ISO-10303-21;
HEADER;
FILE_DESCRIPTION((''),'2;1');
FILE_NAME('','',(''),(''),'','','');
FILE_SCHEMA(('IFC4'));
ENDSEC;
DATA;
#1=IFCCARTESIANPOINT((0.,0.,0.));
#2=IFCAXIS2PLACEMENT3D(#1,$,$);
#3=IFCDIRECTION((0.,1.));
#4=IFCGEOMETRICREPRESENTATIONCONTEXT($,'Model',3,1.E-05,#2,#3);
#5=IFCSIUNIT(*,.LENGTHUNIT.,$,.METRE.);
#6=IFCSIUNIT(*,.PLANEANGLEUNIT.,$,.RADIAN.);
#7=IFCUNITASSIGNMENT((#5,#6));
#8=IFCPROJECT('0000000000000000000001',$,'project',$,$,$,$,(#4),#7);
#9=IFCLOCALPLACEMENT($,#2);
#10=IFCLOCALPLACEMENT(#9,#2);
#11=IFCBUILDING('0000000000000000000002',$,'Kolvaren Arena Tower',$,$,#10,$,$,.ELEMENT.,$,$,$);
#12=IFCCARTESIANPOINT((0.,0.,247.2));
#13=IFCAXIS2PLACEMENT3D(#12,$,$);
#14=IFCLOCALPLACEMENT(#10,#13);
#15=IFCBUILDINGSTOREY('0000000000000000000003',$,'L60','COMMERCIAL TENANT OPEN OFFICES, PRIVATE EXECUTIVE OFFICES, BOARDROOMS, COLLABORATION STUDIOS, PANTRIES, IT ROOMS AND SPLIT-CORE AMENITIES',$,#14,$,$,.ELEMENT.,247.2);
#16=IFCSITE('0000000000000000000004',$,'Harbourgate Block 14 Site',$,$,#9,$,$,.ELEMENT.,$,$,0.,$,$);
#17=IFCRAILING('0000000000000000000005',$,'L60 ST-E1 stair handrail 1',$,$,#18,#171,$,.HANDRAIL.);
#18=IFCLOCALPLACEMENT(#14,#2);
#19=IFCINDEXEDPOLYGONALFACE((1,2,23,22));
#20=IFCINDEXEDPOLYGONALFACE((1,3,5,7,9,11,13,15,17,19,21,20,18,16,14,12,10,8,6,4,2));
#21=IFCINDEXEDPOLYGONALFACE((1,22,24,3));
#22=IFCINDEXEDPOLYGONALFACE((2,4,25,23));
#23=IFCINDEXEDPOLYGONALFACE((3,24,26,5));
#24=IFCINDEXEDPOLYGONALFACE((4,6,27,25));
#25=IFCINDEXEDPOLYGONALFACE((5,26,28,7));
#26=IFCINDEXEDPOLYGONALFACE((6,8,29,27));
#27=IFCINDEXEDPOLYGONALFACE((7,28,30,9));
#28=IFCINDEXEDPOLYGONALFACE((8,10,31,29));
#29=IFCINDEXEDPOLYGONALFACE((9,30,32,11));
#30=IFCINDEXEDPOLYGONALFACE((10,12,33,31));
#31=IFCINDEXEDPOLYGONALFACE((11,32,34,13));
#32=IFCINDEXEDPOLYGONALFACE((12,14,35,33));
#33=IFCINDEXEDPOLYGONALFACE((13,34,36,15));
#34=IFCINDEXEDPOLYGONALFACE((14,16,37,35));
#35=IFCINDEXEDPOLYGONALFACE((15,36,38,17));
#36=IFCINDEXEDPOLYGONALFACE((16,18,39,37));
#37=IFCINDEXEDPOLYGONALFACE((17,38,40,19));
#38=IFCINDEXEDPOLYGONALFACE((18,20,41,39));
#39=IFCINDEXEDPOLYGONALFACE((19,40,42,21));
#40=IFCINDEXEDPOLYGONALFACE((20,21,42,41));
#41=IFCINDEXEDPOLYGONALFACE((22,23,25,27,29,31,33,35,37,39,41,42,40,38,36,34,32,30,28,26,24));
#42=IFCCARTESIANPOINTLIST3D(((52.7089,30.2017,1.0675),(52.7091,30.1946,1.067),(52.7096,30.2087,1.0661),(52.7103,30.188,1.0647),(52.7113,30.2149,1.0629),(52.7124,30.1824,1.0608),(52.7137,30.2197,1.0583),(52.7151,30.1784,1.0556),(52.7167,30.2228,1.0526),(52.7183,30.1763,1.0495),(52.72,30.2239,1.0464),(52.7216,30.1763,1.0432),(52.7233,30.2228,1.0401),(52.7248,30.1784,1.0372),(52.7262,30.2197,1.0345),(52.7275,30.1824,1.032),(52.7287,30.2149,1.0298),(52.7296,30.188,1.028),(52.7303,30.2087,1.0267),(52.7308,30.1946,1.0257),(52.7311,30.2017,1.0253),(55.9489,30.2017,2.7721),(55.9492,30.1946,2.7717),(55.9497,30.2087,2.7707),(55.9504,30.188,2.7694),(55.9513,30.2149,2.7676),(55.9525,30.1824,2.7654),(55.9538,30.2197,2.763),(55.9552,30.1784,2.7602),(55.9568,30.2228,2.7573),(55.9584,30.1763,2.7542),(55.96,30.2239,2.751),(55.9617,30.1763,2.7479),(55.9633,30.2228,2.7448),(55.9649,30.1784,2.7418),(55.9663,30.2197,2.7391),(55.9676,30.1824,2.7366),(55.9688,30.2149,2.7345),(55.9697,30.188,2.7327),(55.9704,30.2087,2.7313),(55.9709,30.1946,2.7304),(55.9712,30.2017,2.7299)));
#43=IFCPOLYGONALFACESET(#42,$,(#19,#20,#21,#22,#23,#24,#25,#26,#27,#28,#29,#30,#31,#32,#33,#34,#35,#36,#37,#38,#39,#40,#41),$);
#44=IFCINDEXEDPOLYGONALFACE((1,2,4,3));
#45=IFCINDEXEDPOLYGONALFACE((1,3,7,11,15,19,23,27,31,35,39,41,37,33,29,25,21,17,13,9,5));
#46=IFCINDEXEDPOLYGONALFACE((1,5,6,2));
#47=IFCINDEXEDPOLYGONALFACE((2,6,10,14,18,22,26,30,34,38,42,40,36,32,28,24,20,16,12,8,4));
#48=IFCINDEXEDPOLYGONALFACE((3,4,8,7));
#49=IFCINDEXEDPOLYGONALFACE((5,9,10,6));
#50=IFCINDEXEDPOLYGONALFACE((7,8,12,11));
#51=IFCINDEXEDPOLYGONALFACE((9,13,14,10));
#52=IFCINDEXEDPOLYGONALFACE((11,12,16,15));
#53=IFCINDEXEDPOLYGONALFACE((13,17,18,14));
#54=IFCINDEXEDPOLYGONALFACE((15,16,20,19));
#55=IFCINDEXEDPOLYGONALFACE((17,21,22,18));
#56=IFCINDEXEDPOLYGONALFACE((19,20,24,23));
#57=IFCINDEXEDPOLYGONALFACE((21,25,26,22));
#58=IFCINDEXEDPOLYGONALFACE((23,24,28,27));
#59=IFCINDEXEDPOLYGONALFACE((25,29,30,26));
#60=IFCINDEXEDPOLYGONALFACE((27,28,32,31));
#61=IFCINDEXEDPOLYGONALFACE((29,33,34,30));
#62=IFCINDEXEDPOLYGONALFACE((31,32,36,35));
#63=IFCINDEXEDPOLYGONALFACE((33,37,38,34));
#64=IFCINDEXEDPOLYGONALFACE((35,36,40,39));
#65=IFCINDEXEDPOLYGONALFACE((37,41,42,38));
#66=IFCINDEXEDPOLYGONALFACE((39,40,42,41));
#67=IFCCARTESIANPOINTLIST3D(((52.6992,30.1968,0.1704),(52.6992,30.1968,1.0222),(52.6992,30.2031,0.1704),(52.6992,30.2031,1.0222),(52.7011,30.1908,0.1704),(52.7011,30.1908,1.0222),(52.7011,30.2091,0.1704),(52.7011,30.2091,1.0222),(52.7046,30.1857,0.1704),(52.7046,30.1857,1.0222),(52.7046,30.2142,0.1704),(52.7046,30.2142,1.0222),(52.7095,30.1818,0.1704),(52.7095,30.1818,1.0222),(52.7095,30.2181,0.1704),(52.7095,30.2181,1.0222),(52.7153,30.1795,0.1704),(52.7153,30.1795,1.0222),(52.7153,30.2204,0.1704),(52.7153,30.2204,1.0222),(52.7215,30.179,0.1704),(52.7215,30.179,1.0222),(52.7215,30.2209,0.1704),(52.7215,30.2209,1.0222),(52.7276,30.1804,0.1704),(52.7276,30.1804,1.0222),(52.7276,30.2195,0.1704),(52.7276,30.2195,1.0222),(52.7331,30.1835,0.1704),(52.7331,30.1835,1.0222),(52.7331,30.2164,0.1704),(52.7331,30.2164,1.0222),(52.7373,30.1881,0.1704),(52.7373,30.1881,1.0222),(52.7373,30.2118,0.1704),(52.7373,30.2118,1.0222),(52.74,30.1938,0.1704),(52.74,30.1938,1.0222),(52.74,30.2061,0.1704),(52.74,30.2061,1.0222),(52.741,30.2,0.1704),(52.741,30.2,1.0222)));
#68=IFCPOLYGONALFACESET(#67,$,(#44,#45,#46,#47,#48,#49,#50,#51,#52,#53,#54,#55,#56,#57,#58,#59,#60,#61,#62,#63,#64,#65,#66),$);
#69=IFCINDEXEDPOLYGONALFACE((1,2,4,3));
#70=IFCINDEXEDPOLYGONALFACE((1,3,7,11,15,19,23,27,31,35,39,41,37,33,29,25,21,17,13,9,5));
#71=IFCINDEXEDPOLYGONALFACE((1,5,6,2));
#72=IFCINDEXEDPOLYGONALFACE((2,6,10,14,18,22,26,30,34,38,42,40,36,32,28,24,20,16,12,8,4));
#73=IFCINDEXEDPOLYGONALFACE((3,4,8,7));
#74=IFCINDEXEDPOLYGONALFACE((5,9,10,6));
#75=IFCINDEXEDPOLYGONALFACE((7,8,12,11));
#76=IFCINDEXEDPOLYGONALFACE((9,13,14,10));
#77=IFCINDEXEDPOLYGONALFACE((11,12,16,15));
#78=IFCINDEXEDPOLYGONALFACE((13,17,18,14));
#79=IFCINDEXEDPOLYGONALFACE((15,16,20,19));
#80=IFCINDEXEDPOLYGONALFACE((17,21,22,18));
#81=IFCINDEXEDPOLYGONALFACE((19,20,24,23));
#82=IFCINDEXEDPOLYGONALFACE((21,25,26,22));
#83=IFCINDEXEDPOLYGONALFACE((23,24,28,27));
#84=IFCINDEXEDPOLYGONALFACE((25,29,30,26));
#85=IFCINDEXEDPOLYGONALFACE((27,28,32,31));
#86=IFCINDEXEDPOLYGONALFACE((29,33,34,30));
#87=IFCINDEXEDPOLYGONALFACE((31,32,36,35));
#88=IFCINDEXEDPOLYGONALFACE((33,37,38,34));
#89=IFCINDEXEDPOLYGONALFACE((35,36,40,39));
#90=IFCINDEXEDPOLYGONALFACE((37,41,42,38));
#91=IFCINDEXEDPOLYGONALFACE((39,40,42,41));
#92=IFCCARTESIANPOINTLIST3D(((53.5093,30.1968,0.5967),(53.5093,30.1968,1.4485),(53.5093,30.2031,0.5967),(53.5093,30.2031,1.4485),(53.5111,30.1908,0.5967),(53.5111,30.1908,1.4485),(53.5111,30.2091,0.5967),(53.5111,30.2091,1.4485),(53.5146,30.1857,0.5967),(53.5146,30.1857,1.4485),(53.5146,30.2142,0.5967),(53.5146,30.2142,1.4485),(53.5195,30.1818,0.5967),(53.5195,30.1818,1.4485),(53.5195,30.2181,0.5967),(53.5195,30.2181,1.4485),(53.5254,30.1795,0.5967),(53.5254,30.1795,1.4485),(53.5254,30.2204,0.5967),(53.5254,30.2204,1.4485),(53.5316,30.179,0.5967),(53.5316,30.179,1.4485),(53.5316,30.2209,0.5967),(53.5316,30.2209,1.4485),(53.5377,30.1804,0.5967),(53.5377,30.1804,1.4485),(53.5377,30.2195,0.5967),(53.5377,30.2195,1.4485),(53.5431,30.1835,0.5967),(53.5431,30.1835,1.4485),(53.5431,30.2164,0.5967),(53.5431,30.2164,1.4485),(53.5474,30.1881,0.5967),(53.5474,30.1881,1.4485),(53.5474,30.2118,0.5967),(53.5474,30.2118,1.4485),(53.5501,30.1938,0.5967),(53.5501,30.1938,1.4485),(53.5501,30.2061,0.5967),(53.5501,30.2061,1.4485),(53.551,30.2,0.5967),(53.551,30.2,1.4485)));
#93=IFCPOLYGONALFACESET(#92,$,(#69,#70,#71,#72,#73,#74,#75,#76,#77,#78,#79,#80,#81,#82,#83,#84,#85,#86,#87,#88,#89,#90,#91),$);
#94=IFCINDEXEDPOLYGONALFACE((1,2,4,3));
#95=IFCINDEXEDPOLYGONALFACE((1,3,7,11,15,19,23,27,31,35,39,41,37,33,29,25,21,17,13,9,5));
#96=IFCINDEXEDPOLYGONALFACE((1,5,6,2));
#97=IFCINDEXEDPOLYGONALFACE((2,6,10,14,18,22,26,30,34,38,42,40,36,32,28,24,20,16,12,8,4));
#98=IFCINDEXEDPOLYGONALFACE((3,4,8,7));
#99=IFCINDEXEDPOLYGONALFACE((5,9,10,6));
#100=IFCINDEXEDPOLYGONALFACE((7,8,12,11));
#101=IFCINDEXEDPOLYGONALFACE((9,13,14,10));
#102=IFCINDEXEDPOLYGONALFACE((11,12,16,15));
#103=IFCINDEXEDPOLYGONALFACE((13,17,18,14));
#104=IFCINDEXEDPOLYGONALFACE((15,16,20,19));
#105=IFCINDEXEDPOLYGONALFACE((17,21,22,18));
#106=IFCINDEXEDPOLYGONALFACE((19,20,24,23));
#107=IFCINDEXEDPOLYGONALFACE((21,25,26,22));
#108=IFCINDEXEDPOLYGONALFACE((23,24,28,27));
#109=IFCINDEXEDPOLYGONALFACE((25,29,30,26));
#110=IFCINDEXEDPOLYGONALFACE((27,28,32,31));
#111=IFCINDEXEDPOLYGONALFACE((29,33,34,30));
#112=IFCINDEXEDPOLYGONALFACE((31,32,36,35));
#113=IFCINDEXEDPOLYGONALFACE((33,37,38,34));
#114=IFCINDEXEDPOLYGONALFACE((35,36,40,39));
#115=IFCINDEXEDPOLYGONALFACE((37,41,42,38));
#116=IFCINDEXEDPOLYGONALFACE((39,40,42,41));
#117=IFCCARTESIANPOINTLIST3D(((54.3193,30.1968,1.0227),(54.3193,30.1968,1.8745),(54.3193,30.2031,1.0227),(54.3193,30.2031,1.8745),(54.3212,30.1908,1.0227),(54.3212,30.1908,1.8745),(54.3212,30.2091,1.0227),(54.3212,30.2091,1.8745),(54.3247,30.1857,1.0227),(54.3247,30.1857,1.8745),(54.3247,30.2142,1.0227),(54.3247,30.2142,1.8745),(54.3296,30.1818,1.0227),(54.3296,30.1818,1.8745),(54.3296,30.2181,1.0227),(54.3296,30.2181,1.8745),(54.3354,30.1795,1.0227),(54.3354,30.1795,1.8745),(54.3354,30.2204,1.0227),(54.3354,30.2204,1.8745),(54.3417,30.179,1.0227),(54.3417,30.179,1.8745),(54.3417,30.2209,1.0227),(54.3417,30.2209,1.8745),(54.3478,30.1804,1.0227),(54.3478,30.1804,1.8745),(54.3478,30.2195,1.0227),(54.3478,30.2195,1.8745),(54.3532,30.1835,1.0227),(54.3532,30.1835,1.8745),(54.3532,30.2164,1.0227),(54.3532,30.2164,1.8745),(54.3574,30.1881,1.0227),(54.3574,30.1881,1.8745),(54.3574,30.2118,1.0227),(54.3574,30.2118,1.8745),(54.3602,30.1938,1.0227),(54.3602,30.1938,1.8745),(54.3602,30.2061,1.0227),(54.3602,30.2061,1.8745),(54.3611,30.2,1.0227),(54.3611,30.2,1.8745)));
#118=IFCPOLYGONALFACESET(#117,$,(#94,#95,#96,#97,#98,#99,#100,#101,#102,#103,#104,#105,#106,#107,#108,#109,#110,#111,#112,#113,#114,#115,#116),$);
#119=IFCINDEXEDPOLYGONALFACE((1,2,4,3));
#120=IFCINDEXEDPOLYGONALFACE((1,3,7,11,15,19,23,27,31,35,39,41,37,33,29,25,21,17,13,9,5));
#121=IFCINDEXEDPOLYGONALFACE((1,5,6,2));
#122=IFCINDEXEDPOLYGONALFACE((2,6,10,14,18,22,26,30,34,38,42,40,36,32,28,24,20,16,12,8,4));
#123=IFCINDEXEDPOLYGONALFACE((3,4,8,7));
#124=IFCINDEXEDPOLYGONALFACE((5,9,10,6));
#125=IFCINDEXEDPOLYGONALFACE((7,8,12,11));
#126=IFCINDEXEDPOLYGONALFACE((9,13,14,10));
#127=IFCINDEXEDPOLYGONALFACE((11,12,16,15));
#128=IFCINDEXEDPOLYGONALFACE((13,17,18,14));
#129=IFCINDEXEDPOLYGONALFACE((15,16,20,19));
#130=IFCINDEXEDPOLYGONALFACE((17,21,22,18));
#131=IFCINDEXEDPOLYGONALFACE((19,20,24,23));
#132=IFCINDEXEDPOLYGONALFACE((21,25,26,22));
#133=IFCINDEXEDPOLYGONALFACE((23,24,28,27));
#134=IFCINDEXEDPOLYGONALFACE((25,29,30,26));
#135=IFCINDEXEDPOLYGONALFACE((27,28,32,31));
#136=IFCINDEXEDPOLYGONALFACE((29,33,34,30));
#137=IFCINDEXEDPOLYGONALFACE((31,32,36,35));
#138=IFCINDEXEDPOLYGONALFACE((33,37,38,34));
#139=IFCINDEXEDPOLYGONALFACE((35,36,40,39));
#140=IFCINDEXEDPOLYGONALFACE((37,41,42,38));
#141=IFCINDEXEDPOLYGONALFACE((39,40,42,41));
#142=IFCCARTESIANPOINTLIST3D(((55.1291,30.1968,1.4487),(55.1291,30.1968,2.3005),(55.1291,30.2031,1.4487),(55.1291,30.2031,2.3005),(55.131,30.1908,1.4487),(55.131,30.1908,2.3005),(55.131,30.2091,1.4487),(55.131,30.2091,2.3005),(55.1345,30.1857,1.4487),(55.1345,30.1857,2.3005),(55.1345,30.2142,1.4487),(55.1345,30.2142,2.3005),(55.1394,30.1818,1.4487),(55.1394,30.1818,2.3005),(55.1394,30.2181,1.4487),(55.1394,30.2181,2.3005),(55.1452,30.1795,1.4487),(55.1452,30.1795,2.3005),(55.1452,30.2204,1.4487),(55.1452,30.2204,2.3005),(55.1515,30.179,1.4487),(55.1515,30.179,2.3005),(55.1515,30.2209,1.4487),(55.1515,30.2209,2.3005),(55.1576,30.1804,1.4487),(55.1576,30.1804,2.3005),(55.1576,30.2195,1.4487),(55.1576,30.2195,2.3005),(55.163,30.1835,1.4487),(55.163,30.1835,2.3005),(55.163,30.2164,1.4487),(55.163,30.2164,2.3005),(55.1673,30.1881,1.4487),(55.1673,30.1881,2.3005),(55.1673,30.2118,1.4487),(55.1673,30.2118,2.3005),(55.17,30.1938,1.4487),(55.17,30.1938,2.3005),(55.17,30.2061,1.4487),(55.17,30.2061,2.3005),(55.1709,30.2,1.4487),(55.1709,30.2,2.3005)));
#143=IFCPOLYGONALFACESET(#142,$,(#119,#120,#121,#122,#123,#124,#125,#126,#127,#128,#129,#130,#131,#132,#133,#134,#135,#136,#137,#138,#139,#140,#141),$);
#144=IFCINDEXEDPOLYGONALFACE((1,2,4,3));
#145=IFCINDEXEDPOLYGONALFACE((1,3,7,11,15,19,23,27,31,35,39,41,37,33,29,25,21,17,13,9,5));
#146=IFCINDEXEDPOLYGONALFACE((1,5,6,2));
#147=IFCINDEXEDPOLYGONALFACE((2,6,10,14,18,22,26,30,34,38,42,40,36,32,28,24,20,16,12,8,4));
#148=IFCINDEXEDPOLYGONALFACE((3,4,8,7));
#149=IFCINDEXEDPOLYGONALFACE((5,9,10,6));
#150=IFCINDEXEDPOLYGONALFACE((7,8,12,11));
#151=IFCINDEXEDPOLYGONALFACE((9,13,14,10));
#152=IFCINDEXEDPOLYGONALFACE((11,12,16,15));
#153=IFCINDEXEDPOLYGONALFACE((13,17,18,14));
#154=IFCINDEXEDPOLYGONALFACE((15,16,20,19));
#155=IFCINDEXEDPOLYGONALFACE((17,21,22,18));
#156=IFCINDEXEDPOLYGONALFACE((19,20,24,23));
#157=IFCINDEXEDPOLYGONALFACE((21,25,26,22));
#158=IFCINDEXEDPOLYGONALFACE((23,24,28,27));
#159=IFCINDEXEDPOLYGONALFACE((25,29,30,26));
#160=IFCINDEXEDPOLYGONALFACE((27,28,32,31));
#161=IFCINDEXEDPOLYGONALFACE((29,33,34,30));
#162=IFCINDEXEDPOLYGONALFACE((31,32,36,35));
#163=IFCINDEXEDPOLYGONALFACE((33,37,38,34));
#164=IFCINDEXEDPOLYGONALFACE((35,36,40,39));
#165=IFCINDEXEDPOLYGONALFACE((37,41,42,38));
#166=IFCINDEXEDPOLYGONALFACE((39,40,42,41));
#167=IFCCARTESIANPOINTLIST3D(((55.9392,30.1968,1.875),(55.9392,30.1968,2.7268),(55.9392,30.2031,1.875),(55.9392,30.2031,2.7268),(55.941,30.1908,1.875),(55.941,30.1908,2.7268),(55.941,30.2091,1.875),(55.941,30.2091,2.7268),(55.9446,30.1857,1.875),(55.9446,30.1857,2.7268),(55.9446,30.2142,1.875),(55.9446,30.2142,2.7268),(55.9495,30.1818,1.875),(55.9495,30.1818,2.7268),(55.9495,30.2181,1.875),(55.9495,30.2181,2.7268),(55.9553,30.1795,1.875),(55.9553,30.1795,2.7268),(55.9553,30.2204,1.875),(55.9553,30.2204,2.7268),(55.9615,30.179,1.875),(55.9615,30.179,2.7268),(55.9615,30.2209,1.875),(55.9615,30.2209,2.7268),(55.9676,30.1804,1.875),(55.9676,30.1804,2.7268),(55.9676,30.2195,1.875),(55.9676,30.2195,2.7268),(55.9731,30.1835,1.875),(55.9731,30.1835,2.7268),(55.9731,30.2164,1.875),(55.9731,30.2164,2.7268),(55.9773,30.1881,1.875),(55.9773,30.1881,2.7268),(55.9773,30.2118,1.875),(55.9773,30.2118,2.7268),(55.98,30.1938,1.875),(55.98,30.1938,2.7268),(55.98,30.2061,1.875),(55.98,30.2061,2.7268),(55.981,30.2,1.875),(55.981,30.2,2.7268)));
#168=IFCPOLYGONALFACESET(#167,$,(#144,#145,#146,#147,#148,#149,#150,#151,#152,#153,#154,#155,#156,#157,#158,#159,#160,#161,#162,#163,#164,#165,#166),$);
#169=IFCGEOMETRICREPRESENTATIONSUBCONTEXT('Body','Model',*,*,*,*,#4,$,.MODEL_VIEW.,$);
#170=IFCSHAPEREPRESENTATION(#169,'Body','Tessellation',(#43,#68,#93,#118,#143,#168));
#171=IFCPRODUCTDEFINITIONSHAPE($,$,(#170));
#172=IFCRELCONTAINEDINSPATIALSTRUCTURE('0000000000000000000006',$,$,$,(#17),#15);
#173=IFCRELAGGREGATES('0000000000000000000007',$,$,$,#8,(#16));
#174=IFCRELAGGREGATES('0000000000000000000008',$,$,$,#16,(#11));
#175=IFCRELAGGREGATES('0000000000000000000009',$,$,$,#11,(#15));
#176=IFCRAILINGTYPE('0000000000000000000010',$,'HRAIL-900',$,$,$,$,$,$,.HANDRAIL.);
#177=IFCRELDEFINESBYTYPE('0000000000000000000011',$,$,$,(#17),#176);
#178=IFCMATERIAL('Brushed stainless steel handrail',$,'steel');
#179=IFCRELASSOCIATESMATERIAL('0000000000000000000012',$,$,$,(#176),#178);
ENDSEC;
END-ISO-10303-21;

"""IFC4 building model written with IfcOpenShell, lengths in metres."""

from ifc_helpers import new_model, si_unit, direction, frame, origin, origin_2d, place, context, subcontext, project, spatial, circle, extrude, material, type_object, element, save


model = new_model("IFC4")

# Units and contexts
model_context = context("Model", 3, precision=1e-05, world=origin(), true_north=direction((0.0, 1.0)))
body_context = subcontext(model_context, "Body", "Model", "MODEL_VIEW")
ifc_project = project(units=[si_unit("LENGTHUNIT", "METRE"), si_unit("PLANEANGLEUNIT", "RADIAN")], contexts=[model_context])

# Site, building, storey
site_placement = place(None, origin())
site = spatial("IfcSite", under=ifc_project, at=site_placement, Name="Harbourgate Block 14 Site", CompositionType="ELEMENT", RefElevation=0.0)
building_placement = place(site_placement, origin())
building = spatial("IfcBuilding", under=site, at=building_placement, Name="Kolvaren Arena Tower", CompositionType="ELEMENT")
storey_placement = place(building_placement, frame((0.0, 0.0, 247.2)))
storey = spatial("IfcBuildingStorey", under=building, at=storey_placement, Name="L60", Description="COMMERCIAL TENANT OPEN OFFICES, PRIVATE EXECUTIVE OFFICES, BOARDROOMS, COLLABORATION STUDIOS, PANTRIES, IT ROOMS AND SPLIT-CORE AMENITIES", CompositionType="ELEMENT", Elevation=247.2)

# Railing
ifc_material_1 = material(Name="Brushed stainless steel handrail", Category="steel")
railing_type_1 = type_object("IfcRailingType", Name="HRAIL-900", PredefinedType="HANDRAIL", material=ifc_material_1)
for number, where, name in (
    (1, (52.72, 30.2, 0.1704), "L60 ST-E1 stair handrail 1"),
):
    element("IfcRailing", number, at=place(storey_placement, frame(where)), inside=storey, type_object=railing_type_1, Name=name, PredefinedType="HANDRAIL", context=body_context, shape_type="SweptSolid", body=[
        extrude(circle(Radius=0.0239, at=origin_2d()), frame((0.0, 0.0, 0.876), z_axis=(0.884993, 0.0, 0.465604), x_axis=(0.0, 1.0, 0.0)), (0.0, 0.0, 1.0), 3.6611),
        extrude(circle(Radius=0.021, at=origin_2d()), origin(), (0.0, 0.0, 1.0), 0.8518),
        extrude(circle(Radius=0.021, at=origin_2d()), frame((0.8101, 0.0, 0.4263)), (0.0, 0.0, 1.0), 0.8518),
        extrude(circle(Radius=0.021, at=origin_2d()), frame((1.6201, 0.0, 0.8523)), (0.0, 0.0, 1.0), 0.8518),
        extrude(circle(Radius=0.021, at=origin_2d()), frame((2.4299, 0.0, 1.2783)), (0.0, 0.0, 1.0), 0.8518),
        extrude(circle(Radius=0.021, at=origin_2d()), frame((3.24, 0.0, 1.7046)), (0.0, 0.0, 1.0), 0.8518),
    ])

save(model, "model.ifc")
